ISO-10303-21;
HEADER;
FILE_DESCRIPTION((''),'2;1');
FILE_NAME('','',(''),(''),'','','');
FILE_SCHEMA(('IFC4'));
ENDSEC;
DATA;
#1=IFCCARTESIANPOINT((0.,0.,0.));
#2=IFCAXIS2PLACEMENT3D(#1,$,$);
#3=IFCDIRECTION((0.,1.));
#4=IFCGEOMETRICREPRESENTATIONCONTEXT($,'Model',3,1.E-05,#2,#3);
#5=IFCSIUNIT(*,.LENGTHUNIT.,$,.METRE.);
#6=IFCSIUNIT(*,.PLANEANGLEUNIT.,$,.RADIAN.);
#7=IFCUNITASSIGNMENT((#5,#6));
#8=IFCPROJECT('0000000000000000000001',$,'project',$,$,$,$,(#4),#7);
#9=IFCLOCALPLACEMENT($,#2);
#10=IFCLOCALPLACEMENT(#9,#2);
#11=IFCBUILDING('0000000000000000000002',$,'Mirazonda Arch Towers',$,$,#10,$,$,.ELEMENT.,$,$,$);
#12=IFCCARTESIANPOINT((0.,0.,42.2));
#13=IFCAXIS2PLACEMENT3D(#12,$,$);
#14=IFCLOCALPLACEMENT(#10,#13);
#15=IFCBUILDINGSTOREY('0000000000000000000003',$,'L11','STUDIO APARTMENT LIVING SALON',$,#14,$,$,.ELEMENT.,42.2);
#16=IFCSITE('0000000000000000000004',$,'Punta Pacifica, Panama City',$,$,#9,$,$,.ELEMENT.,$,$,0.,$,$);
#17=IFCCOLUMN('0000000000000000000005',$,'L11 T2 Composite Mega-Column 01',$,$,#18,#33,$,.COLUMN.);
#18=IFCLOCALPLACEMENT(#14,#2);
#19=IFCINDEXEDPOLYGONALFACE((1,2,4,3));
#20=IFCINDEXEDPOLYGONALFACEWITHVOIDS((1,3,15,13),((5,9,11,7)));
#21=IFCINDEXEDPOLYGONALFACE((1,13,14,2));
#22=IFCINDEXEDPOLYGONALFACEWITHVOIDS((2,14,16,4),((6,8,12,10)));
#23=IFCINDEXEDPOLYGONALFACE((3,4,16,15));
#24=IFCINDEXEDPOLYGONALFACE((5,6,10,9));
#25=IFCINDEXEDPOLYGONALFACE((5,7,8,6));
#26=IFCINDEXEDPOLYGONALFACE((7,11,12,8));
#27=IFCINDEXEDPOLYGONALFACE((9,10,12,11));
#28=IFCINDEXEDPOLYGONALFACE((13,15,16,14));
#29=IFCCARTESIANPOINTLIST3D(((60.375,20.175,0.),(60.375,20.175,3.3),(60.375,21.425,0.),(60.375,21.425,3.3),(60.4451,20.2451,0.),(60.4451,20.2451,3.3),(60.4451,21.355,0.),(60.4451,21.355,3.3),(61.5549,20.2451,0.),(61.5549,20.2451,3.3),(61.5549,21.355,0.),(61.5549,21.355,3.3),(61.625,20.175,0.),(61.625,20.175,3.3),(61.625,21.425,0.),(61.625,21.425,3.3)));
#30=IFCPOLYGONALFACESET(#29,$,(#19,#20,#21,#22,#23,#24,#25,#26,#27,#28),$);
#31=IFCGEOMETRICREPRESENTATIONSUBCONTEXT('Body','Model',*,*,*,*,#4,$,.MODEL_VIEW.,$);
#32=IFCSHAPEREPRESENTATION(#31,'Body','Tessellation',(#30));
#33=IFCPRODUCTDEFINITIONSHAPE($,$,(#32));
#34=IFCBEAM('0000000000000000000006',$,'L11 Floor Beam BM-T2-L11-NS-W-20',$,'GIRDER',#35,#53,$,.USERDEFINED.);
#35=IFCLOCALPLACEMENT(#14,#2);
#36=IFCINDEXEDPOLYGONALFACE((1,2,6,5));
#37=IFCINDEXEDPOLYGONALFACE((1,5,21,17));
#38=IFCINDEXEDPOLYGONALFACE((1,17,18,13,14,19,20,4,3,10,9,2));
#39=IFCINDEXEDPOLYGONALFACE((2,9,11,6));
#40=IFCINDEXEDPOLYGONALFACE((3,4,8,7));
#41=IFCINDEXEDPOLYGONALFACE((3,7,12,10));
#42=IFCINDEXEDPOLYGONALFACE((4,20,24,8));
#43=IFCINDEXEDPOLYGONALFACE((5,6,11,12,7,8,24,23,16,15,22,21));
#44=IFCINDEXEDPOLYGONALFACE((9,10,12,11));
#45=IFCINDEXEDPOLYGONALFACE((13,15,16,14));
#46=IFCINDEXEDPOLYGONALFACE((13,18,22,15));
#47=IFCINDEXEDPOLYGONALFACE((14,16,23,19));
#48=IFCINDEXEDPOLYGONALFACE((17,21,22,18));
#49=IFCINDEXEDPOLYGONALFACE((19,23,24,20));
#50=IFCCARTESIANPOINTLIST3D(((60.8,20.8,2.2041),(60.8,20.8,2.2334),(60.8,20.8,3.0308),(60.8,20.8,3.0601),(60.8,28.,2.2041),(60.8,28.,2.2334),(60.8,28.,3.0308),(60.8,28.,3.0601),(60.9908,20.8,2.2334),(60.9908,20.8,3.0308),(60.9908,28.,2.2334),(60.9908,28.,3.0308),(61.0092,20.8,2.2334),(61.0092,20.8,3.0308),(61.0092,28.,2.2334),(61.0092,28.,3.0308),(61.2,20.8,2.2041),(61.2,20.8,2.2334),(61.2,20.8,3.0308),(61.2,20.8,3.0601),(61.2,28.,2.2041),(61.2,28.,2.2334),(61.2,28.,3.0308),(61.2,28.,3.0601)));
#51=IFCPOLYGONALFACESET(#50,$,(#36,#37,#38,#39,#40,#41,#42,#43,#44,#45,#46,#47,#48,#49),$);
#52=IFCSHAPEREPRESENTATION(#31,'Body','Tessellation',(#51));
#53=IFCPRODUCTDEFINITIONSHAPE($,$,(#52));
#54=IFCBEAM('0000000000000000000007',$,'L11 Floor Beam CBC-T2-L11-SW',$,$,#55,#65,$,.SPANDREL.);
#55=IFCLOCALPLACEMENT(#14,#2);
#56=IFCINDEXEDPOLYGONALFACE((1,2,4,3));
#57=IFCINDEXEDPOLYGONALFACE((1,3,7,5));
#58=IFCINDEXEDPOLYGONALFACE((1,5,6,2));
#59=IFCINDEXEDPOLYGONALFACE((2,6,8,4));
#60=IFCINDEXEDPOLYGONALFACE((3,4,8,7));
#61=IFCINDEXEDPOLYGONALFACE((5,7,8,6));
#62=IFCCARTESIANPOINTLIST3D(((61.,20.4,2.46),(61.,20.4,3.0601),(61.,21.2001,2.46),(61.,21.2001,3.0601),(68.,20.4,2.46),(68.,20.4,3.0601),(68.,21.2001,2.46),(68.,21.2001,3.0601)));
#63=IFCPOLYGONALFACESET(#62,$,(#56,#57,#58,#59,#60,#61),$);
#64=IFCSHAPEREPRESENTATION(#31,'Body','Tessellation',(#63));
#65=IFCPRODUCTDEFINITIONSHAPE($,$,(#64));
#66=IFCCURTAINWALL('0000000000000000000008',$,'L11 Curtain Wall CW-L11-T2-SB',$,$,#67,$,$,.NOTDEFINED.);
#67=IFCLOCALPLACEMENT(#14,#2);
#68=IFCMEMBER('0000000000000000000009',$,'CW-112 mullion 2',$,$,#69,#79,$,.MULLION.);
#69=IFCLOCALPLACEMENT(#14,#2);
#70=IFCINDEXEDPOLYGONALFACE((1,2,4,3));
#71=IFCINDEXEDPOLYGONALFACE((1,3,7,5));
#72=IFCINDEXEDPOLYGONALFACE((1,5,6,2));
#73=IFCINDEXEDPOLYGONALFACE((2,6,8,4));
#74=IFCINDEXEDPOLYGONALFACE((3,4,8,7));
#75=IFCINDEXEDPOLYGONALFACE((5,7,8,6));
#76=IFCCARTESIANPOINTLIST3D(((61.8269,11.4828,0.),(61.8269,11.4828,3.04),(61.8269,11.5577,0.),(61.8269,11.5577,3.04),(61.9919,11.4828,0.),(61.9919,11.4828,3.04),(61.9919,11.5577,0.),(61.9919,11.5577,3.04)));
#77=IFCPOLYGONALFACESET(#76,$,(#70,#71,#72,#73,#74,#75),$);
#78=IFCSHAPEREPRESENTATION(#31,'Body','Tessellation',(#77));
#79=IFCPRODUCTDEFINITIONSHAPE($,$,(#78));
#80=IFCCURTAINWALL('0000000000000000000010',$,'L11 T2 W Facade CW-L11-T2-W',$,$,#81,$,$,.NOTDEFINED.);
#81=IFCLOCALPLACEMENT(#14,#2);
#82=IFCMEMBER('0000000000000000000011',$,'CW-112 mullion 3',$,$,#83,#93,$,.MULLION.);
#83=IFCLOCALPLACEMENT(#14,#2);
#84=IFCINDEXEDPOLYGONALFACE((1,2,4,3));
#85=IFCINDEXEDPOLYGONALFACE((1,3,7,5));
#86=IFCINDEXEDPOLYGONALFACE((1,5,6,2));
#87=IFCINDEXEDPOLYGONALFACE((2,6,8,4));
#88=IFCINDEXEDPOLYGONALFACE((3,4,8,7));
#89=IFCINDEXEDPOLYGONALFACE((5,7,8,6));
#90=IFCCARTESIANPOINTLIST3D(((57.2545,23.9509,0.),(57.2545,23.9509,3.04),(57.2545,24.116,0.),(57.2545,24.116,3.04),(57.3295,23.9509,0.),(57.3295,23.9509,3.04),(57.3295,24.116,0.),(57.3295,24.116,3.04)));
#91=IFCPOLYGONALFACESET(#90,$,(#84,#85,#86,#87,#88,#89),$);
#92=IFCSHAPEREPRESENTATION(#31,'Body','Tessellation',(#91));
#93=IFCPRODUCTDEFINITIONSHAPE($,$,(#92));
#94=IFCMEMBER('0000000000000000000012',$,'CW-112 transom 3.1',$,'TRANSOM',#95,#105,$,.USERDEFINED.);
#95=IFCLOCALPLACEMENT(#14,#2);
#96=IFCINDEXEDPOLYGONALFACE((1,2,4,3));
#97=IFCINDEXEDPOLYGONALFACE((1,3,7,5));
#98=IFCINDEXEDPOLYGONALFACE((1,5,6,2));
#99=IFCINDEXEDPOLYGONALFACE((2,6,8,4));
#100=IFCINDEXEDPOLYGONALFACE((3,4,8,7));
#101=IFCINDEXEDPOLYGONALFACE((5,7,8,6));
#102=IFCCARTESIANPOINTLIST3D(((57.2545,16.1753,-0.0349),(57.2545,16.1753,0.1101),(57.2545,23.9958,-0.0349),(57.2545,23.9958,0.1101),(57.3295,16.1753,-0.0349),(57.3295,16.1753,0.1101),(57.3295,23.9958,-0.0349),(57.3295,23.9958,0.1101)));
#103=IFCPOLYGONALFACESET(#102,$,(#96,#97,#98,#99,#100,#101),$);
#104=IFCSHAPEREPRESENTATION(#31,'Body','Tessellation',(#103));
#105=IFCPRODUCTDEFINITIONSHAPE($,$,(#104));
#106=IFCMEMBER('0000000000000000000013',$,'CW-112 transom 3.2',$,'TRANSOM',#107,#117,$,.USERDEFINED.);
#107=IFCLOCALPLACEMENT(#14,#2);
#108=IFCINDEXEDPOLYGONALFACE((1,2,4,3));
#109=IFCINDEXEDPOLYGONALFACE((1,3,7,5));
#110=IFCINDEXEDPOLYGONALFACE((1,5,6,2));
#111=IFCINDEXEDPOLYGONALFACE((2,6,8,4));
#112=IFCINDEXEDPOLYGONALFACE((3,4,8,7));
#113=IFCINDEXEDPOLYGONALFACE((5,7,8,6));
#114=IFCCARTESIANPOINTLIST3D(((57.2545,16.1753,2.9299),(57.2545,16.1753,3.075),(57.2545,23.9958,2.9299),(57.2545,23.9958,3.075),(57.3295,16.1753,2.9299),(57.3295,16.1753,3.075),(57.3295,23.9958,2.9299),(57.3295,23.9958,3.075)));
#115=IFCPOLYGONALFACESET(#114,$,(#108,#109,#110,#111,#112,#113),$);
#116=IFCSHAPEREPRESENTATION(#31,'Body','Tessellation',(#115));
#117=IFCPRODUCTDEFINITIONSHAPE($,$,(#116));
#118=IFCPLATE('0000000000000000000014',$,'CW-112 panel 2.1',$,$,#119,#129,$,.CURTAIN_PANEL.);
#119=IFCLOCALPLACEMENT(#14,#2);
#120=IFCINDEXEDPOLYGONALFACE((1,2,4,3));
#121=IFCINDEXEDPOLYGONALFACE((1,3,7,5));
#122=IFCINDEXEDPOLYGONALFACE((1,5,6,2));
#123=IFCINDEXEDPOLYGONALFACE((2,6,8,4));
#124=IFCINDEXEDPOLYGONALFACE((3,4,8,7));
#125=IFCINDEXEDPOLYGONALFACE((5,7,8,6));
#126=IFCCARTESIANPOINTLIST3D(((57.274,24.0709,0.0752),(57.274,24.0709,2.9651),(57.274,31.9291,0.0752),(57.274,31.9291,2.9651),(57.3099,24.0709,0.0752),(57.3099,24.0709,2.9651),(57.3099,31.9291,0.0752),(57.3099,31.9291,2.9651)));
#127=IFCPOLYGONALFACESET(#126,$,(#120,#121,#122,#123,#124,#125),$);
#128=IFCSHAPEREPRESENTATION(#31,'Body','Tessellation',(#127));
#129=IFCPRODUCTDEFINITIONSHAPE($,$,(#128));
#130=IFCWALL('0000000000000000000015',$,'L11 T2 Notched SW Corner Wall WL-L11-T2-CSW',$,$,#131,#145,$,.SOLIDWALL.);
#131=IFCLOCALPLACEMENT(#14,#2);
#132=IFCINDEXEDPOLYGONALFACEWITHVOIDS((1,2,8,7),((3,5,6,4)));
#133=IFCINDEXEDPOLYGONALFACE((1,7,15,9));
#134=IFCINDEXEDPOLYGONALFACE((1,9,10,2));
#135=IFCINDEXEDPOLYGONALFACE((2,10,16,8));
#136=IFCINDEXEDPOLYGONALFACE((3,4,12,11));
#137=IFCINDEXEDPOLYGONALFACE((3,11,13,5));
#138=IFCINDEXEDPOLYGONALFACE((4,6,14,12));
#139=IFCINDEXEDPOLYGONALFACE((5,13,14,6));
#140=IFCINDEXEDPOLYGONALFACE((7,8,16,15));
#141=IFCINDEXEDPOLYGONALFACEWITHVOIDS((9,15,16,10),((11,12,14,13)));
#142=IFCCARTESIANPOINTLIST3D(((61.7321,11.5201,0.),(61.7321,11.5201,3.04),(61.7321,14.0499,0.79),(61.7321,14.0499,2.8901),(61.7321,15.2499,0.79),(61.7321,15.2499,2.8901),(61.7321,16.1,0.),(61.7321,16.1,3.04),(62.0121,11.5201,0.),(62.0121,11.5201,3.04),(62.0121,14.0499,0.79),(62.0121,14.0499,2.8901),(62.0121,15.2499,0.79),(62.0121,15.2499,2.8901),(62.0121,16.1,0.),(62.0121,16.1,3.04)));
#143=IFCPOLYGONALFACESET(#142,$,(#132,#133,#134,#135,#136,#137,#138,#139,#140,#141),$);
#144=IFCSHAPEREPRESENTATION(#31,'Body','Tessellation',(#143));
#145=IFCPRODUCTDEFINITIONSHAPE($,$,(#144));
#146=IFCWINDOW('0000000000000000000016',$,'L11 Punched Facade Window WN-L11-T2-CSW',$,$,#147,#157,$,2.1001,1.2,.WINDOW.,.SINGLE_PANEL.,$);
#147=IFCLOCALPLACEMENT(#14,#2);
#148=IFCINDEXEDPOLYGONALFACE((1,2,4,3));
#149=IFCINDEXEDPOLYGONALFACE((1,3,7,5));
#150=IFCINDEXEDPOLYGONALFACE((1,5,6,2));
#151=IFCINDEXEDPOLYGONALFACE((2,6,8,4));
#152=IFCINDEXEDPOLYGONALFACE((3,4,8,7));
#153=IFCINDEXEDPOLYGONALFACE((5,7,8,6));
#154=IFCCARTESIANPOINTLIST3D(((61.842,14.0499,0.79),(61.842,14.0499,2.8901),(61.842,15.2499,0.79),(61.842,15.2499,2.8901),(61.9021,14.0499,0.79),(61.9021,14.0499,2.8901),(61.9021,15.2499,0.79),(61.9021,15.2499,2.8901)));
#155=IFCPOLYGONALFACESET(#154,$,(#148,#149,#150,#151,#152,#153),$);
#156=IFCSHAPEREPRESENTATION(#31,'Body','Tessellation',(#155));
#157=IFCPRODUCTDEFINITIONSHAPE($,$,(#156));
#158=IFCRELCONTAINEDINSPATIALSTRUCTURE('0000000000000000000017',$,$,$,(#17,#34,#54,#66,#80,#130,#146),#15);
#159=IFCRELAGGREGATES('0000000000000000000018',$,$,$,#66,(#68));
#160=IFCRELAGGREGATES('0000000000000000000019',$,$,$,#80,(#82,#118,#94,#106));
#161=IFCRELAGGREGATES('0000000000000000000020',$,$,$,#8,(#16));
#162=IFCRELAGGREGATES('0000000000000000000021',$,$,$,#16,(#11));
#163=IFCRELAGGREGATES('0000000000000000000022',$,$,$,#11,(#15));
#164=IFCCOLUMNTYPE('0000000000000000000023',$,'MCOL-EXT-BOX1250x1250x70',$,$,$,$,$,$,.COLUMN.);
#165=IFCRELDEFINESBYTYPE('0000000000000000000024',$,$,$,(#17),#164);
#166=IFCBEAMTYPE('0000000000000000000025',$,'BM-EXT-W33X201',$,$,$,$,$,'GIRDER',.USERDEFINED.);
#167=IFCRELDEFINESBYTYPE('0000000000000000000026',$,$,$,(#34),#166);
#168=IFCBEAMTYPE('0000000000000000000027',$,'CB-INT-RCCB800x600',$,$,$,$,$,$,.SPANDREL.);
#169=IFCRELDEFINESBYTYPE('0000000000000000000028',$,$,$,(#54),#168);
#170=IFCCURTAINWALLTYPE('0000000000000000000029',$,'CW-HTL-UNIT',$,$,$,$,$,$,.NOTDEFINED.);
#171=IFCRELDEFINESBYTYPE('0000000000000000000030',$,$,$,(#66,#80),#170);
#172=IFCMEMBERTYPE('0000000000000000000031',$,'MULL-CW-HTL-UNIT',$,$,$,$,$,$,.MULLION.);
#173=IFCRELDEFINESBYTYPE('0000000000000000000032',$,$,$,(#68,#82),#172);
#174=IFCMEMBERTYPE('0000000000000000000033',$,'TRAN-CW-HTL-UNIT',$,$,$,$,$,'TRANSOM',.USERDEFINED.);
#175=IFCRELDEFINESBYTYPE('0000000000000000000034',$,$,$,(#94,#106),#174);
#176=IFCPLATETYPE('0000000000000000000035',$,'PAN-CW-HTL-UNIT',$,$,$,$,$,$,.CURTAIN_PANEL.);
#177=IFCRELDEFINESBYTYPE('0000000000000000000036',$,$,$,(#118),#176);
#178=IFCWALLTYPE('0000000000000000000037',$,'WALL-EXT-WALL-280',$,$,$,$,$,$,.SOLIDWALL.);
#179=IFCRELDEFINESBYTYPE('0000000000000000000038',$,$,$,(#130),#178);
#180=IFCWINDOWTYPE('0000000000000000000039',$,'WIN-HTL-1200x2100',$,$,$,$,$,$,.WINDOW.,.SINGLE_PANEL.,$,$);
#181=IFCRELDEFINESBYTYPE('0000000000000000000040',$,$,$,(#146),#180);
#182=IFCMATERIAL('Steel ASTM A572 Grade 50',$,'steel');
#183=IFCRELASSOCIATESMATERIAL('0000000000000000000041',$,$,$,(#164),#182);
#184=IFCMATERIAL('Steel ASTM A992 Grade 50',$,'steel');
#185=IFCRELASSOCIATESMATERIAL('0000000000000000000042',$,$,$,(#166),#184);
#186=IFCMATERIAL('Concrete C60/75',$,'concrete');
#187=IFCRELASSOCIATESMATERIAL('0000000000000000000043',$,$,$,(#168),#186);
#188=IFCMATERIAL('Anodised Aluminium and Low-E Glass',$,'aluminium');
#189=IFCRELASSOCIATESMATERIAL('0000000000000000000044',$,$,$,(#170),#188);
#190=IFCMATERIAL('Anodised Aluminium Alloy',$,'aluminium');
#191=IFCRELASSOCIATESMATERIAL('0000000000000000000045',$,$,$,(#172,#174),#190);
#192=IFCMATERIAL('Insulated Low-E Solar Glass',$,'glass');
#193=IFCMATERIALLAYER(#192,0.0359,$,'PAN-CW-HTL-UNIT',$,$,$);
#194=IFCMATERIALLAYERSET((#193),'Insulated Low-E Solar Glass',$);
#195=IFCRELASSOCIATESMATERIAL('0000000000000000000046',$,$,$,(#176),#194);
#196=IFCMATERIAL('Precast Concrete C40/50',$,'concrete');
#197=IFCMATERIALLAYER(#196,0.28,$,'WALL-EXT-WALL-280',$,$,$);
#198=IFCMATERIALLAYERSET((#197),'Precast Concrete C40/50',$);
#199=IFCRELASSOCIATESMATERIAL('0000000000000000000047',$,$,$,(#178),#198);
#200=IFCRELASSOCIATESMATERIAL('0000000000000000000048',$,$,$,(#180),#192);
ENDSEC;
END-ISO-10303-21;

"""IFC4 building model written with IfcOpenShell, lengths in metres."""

from ifc_helpers import new_model, si_unit, direction, frame, frame_2d, origin, origin_2d, place, context, subcontext, project, spatial, rectangle, hollow_rectangle, i_section, extrude, material, layer, layer_set, material_profile, profile_set, type_object, element, fill, aggregate, save


model = new_model("IFC4")

# Units and contexts
model_context = context("Model", 3, precision=1e-05, world=origin(), true_north=direction((0.0, 1.0)))
body_context = subcontext(model_context, "Body", "Model", "MODEL_VIEW")
ifc_project = project(units=[si_unit("LENGTHUNIT", "METRE"), si_unit("PLANEANGLEUNIT", "RADIAN")], contexts=[model_context])

# Site, building, storey
site_placement = place(None, origin())
site = spatial("IfcSite", under=ifc_project, at=site_placement, Name="Punta Pacifica, Panama City", CompositionType="ELEMENT", RefElevation=0.0)
building_placement = place(site_placement, origin())
building = spatial("IfcBuilding", under=site, at=building_placement, Name="Mirazonda Arch Towers", CompositionType="ELEMENT")
storey_placement = place(building_placement, frame((0.0, 0.0, 42.2)))
storey = spatial("IfcBuildingStorey", under=building, at=storey_placement, Name="L11", Description="STUDIO APARTMENT LIVING SALON", CompositionType="ELEMENT", Elevation=42.2)

# Column
ifc_material_1 = material(Name="Steel ASTM A572 Grade 50", Category="steel")
ifc_material_profile_1 = material_profile(ifc_material_1, hollow_rectangle(XDim=1.25, YDim=1.25, WallThickness=0.0701, at=origin_2d()), Name="BOX1250x1250x70")
ifc_profile_set_1 = profile_set([ifc_material_profile_1], Name="Steel ASTM A572 Grade 50")
column_type = type_object("IfcColumnType", Name="MCOL-EXT-BOX1250x1250x70", PredefinedType="COLUMN", material=ifc_profile_set_1)
column_placement = place(storey_placement, frame((61.0, 20.8, 0.0), z_axis=(0.0, 0.0, 1.0), x_axis=(1.0, 0.0, 0.0)))
element("IfcColumn", 1, at=column_placement, inside=storey, type_object=column_type, Name="L11 T2 Composite Mega-Column 01", PredefinedType="COLUMN", context=body_context, shape_type="SweptSolid", body=[
    extrude(hollow_rectangle(XDim=1.25, YDim=1.25, WallThickness=0.0701, at=origin_2d()), origin(), (0.0, 0.0, 1.0), 3.3),
])

# Beams
ifc_material_2 = material(Name="Steel ASTM A992 Grade 50", Category="steel")
ifc_material_profile_2 = material_profile(ifc_material_2, i_section(OverallWidth=0.3999, OverallDepth=0.856, WebThickness=0.0183, FlangeThickness=0.0293, at=origin_2d()), Name="W33X201")
ifc_profile_set_2 = profile_set([ifc_material_profile_2], Name="Steel ASTM A992 Grade 50")
beam_type_1 = type_object("IfcBeamType", Name="BM-EXT-W33X201", ElementType="GIRDER", PredefinedType="USERDEFINED", material=ifc_profile_set_2)
beam_1_placement = place(storey_placement, frame((61.0, 20.8, 2.6321), z_axis=(0.0, 1.0, 0.0), x_axis=(-1.0, 0.0, 0.0)))
element("IfcBeam", 2, at=beam_1_placement, inside=storey, type_object=beam_type_1, Name="L11 Floor Beam BM-T2-L11-NS-W-20", ObjectType="GIRDER", PredefinedType="USERDEFINED", context=body_context, shape_type="SweptSolid", body=[
    extrude(i_section(OverallWidth=0.3999, OverallDepth=0.856, WebThickness=0.0183, FlangeThickness=0.0293, at=origin_2d()), origin(), (0.0, 0.0, 1.0), 7.2),
])
ifc_material_3 = material(Name="Concrete C60/75", Category="concrete")
ifc_material_profile_3 = material_profile(ifc_material_3, rectangle(XDim=0.8, YDim=0.6001, at=origin_2d()), Name="RCCB800x600")
ifc_profile_set_3 = profile_set([ifc_material_profile_3], Name="Concrete C60/75")
beam_type_2 = type_object("IfcBeamType", Name="CB-INT-RCCB800x600", PredefinedType="SPANDREL", material=ifc_profile_set_3)
beam_2_placement = place(storey_placement, frame((61.0, 20.8, 2.76), z_axis=(1.0, 0.0, 0.0), x_axis=(0.0, 1.0, 0.0)))
element("IfcBeam", 3, at=beam_2_placement, inside=storey, type_object=beam_type_2, Name="L11 Floor Beam CBC-T2-L11-SW", PredefinedType="SPANDREL", context=body_context, shape_type="SweptSolid", body=[
    extrude(rectangle(XDim=0.8, YDim=0.6001, at=origin_2d()), origin(), (0.0, 0.0, 1.0), 7.0),
])

# Curtain wall, member
ifc_material_4 = material(Name="Anodised Aluminium and Low-E Glass", Category="aluminium")
curtain_wall_type = type_object("IfcCurtainWallType", Name="CW-HTL-UNIT", PredefinedType="NOTDEFINED", material=ifc_material_4)
curtain_wall_1_placement = place(storey_placement, origin())
curtain_wall_1 = element("IfcCurtainWall", 4, at=curtain_wall_1_placement, inside=storey, type_object=curtain_wall_type, Name="L11 Curtain Wall CW-L11-T2-SB", PredefinedType="NOTDEFINED")
ifc_material_5 = material(Name="Anodised Aluminium Alloy", Category="aluminium")
ifc_material_profile_4 = material_profile(ifc_material_5, rectangle(XDim=0.075, YDim=0.165, at=origin_2d()), Name="ALU-MULL-75x165")
ifc_profile_set_4 = profile_set([ifc_material_profile_4], Name="Anodised Aluminium Alloy")
member_type_1 = type_object("IfcMemberType", Name="MULL-CW-HTL-UNIT", PredefinedType="MULLION", material=ifc_profile_set_4)
member_1_placement = place(storey_placement, frame((61.9094, 11.5203, 0.0), z_axis=(0.0, 0.0, 1.0), x_axis=(0.0, -1.0, 0.0)))
member_1 = element("IfcMember", 5, at=member_1_placement, type_object=member_type_1, Name="CW-112 mullion 2", PredefinedType="MULLION", context=body_context, shape_type="SweptSolid", body=[
    extrude(rectangle(XDim=0.075, YDim=0.165, at=origin_2d()), origin(), (0.0, 0.0, 1.0), 3.04),
])
aggregate(curtain_wall_1, [member_1])

# Curtain wall, members, plate
curtain_wall_2_placement = place(storey_placement, origin())
curtain_wall_2 = element("IfcCurtainWall", 6, at=curtain_wall_2_placement, inside=storey, type_object=curtain_wall_type, Name="L11 T2 W Facade CW-L11-T2-W", PredefinedType="NOTDEFINED")
member_2_placement = place(storey_placement, frame((57.292, 24.0334, 0.0), z_axis=(0.0, 0.0, 1.0), x_axis=(1.0, 0.0, 0.0)))
member_2 = element("IfcMember", 7, at=member_2_placement, type_object=member_type_1, Name="CW-112 mullion 3", PredefinedType="MULLION", context=body_context, shape_type="SweptSolid", body=[
    extrude(rectangle(XDim=0.075, YDim=0.165, at=origin_2d()), origin(), (0.0, 0.0, 1.0), 3.04),
])
ifc_material_profile_5 = material_profile(ifc_material_5, rectangle(XDim=0.075, YDim=0.145, at=origin_2d()), Name="ALU-TRAN-75x145")
ifc_profile_set_5 = profile_set([ifc_material_profile_5], Name="Anodised Aluminium Alloy")
member_type_2 = type_object("IfcMemberType", Name="TRAN-CW-HTL-UNIT", ElementType="TRANSOM", PredefinedType="USERDEFINED", material=ifc_profile_set_5)
member_3_placement = place(storey_placement, frame((57.292, 23.9958, 0.0376), z_axis=(0.0, -1.0, 0.0), x_axis=(1.0, 0.0, 0.0)))
member_3 = element("IfcMember", 8, at=member_3_placement, type_object=member_type_2, Name="CW-112 transom 3.1", ObjectType="TRANSOM", PredefinedType="USERDEFINED", context=body_context, shape_type="SweptSolid", body=[
    extrude(rectangle(XDim=0.075, YDim=0.145, at=origin_2d()), origin(), (0.0, 0.0, 1.0), 7.8206),
])
member_4_placement = place(storey_placement, frame((57.292, 23.9958, 3.0024), z_axis=(0.0, -1.0, 0.0), x_axis=(1.0, 0.0, 0.0)))
member_4 = element("IfcMember", 9, at=member_4_placement, type_object=member_type_2, Name="CW-112 transom 3.2", ObjectType="TRANSOM", PredefinedType="USERDEFINED", context=body_context, shape_type="SweptSolid", body=[
    extrude(rectangle(XDim=0.075, YDim=0.145, at=origin_2d()), origin(), (0.0, 0.0, 1.0), 7.8206),
])
ifc_material_6 = material(Name="Insulated Low-E Solar Glass", Category="glass")
ifc_layer_1 = layer(ifc_material_6, 0.0359, Name="PAN-CW-HTL-UNIT")
ifc_layer_set_1 = layer_set([ifc_layer_1], Name="Insulated Low-E Solar Glass")
plate_type = type_object("IfcPlateType", Name="PAN-CW-HTL-UNIT", PredefinedType="CURTAIN_PANEL", material=ifc_layer_set_1)
plate_placement = place(storey_placement, frame((57.292, 28.0, 0.0752), z_axis=(0.0, 0.0, 1.0), x_axis=(0.0, -1.0, 0.0)))
plate = element("IfcPlate", 10, at=plate_placement, type_object=plate_type, Name="CW-112 panel 2.1", PredefinedType="CURTAIN_PANEL", context=body_context, shape_type="SweptSolid", body=[
    extrude(rectangle(XDim=7.8582, YDim=0.0359, at=origin_2d()), origin(), (0.0, 0.0, 1.0), 2.8899),
])
aggregate(curtain_wall_2, [member_2, plate, member_3, member_4])

# Wall, opening, window
ifc_material_7 = material(Name="Precast Concrete C40/50", Category="concrete")
ifc_layer_2 = layer(ifc_material_7, 0.28, Name="WALL-EXT-WALL-280")
ifc_layer_set_2 = layer_set([ifc_layer_2], Name="Precast Concrete C40/50")
wall_type_1 = type_object("IfcWallType", Name="WALL-EXT-WALL-280", PredefinedType="SOLIDWALL", material=ifc_layer_set_2)
wall_1_placement = place(storey_placement, frame((61.8721, 16.1001, 0.0), z_axis=(0.0, 0.0, 1.0), x_axis=(0.0, -1.0, 0.0)))
wall_1 = element("IfcWall", 11, at=wall_1_placement, inside=storey, type_object=wall_type_1, Name="L11 T2 Notched SW Corner Wall WL-L11-T2-CSW", PredefinedType="SOLIDWALL", context=body_context, shape_type="SweptSolid", body=[
    extrude(rectangle(XDim=4.5798, YDim=0.28, at=frame_2d((2.29, 0.0))), origin(), (0.0, 0.0, 1.0), 3.04),
])
opening_1_placement = place(wall_1_placement, frame((0.8501, 0.0, 0.79)))
opening_1 = element("IfcOpeningElement", 12, at=opening_1_placement, cuts=wall_1, PredefinedType="OPENING", context=body_context, shape_type="SweptSolid", body=[
    extrude(rectangle(XDim=1.2, YDim=2.1001, at=frame_2d((0.6001, 1.05))), frame((0.0, 0.1499, 0.0), z_axis=(0.0, -1.0, 0.0), x_axis=(1.0, 0.0, 0.0)), (0.0, 0.0, 1.0), 0.3),
])
window_type = type_object("IfcWindowType", Name="WIN-HTL-1200x2100", PartitioningType="SINGLE_PANEL", PredefinedType="WINDOW", material=ifc_material_6)
window_placement = place(opening_1_placement, origin())
window = element("IfcWindow", 13, at=window_placement, inside=storey, type_object=window_type, Name="L11 Punched Facade Window WN-L11-T2-CSW", OverallHeight=2.1001, OverallWidth=1.2, PartitioningType="SINGLE_PANEL", PredefinedType="WINDOW", context=body_context, shape_type="SweptSolid", body=[
    extrude(rectangle(XDim=1.2, YDim=2.1001, at=frame_2d((0.6001, 1.05))), frame((0.0, 0.03, 0.0), z_axis=(0.0, -1.0, 0.0), x_axis=(1.0, 0.0, 0.0)), (0.0, 0.0, 1.0), 0.0601),
])
fill(opening_1, window)

save(model, "model.ifc")
